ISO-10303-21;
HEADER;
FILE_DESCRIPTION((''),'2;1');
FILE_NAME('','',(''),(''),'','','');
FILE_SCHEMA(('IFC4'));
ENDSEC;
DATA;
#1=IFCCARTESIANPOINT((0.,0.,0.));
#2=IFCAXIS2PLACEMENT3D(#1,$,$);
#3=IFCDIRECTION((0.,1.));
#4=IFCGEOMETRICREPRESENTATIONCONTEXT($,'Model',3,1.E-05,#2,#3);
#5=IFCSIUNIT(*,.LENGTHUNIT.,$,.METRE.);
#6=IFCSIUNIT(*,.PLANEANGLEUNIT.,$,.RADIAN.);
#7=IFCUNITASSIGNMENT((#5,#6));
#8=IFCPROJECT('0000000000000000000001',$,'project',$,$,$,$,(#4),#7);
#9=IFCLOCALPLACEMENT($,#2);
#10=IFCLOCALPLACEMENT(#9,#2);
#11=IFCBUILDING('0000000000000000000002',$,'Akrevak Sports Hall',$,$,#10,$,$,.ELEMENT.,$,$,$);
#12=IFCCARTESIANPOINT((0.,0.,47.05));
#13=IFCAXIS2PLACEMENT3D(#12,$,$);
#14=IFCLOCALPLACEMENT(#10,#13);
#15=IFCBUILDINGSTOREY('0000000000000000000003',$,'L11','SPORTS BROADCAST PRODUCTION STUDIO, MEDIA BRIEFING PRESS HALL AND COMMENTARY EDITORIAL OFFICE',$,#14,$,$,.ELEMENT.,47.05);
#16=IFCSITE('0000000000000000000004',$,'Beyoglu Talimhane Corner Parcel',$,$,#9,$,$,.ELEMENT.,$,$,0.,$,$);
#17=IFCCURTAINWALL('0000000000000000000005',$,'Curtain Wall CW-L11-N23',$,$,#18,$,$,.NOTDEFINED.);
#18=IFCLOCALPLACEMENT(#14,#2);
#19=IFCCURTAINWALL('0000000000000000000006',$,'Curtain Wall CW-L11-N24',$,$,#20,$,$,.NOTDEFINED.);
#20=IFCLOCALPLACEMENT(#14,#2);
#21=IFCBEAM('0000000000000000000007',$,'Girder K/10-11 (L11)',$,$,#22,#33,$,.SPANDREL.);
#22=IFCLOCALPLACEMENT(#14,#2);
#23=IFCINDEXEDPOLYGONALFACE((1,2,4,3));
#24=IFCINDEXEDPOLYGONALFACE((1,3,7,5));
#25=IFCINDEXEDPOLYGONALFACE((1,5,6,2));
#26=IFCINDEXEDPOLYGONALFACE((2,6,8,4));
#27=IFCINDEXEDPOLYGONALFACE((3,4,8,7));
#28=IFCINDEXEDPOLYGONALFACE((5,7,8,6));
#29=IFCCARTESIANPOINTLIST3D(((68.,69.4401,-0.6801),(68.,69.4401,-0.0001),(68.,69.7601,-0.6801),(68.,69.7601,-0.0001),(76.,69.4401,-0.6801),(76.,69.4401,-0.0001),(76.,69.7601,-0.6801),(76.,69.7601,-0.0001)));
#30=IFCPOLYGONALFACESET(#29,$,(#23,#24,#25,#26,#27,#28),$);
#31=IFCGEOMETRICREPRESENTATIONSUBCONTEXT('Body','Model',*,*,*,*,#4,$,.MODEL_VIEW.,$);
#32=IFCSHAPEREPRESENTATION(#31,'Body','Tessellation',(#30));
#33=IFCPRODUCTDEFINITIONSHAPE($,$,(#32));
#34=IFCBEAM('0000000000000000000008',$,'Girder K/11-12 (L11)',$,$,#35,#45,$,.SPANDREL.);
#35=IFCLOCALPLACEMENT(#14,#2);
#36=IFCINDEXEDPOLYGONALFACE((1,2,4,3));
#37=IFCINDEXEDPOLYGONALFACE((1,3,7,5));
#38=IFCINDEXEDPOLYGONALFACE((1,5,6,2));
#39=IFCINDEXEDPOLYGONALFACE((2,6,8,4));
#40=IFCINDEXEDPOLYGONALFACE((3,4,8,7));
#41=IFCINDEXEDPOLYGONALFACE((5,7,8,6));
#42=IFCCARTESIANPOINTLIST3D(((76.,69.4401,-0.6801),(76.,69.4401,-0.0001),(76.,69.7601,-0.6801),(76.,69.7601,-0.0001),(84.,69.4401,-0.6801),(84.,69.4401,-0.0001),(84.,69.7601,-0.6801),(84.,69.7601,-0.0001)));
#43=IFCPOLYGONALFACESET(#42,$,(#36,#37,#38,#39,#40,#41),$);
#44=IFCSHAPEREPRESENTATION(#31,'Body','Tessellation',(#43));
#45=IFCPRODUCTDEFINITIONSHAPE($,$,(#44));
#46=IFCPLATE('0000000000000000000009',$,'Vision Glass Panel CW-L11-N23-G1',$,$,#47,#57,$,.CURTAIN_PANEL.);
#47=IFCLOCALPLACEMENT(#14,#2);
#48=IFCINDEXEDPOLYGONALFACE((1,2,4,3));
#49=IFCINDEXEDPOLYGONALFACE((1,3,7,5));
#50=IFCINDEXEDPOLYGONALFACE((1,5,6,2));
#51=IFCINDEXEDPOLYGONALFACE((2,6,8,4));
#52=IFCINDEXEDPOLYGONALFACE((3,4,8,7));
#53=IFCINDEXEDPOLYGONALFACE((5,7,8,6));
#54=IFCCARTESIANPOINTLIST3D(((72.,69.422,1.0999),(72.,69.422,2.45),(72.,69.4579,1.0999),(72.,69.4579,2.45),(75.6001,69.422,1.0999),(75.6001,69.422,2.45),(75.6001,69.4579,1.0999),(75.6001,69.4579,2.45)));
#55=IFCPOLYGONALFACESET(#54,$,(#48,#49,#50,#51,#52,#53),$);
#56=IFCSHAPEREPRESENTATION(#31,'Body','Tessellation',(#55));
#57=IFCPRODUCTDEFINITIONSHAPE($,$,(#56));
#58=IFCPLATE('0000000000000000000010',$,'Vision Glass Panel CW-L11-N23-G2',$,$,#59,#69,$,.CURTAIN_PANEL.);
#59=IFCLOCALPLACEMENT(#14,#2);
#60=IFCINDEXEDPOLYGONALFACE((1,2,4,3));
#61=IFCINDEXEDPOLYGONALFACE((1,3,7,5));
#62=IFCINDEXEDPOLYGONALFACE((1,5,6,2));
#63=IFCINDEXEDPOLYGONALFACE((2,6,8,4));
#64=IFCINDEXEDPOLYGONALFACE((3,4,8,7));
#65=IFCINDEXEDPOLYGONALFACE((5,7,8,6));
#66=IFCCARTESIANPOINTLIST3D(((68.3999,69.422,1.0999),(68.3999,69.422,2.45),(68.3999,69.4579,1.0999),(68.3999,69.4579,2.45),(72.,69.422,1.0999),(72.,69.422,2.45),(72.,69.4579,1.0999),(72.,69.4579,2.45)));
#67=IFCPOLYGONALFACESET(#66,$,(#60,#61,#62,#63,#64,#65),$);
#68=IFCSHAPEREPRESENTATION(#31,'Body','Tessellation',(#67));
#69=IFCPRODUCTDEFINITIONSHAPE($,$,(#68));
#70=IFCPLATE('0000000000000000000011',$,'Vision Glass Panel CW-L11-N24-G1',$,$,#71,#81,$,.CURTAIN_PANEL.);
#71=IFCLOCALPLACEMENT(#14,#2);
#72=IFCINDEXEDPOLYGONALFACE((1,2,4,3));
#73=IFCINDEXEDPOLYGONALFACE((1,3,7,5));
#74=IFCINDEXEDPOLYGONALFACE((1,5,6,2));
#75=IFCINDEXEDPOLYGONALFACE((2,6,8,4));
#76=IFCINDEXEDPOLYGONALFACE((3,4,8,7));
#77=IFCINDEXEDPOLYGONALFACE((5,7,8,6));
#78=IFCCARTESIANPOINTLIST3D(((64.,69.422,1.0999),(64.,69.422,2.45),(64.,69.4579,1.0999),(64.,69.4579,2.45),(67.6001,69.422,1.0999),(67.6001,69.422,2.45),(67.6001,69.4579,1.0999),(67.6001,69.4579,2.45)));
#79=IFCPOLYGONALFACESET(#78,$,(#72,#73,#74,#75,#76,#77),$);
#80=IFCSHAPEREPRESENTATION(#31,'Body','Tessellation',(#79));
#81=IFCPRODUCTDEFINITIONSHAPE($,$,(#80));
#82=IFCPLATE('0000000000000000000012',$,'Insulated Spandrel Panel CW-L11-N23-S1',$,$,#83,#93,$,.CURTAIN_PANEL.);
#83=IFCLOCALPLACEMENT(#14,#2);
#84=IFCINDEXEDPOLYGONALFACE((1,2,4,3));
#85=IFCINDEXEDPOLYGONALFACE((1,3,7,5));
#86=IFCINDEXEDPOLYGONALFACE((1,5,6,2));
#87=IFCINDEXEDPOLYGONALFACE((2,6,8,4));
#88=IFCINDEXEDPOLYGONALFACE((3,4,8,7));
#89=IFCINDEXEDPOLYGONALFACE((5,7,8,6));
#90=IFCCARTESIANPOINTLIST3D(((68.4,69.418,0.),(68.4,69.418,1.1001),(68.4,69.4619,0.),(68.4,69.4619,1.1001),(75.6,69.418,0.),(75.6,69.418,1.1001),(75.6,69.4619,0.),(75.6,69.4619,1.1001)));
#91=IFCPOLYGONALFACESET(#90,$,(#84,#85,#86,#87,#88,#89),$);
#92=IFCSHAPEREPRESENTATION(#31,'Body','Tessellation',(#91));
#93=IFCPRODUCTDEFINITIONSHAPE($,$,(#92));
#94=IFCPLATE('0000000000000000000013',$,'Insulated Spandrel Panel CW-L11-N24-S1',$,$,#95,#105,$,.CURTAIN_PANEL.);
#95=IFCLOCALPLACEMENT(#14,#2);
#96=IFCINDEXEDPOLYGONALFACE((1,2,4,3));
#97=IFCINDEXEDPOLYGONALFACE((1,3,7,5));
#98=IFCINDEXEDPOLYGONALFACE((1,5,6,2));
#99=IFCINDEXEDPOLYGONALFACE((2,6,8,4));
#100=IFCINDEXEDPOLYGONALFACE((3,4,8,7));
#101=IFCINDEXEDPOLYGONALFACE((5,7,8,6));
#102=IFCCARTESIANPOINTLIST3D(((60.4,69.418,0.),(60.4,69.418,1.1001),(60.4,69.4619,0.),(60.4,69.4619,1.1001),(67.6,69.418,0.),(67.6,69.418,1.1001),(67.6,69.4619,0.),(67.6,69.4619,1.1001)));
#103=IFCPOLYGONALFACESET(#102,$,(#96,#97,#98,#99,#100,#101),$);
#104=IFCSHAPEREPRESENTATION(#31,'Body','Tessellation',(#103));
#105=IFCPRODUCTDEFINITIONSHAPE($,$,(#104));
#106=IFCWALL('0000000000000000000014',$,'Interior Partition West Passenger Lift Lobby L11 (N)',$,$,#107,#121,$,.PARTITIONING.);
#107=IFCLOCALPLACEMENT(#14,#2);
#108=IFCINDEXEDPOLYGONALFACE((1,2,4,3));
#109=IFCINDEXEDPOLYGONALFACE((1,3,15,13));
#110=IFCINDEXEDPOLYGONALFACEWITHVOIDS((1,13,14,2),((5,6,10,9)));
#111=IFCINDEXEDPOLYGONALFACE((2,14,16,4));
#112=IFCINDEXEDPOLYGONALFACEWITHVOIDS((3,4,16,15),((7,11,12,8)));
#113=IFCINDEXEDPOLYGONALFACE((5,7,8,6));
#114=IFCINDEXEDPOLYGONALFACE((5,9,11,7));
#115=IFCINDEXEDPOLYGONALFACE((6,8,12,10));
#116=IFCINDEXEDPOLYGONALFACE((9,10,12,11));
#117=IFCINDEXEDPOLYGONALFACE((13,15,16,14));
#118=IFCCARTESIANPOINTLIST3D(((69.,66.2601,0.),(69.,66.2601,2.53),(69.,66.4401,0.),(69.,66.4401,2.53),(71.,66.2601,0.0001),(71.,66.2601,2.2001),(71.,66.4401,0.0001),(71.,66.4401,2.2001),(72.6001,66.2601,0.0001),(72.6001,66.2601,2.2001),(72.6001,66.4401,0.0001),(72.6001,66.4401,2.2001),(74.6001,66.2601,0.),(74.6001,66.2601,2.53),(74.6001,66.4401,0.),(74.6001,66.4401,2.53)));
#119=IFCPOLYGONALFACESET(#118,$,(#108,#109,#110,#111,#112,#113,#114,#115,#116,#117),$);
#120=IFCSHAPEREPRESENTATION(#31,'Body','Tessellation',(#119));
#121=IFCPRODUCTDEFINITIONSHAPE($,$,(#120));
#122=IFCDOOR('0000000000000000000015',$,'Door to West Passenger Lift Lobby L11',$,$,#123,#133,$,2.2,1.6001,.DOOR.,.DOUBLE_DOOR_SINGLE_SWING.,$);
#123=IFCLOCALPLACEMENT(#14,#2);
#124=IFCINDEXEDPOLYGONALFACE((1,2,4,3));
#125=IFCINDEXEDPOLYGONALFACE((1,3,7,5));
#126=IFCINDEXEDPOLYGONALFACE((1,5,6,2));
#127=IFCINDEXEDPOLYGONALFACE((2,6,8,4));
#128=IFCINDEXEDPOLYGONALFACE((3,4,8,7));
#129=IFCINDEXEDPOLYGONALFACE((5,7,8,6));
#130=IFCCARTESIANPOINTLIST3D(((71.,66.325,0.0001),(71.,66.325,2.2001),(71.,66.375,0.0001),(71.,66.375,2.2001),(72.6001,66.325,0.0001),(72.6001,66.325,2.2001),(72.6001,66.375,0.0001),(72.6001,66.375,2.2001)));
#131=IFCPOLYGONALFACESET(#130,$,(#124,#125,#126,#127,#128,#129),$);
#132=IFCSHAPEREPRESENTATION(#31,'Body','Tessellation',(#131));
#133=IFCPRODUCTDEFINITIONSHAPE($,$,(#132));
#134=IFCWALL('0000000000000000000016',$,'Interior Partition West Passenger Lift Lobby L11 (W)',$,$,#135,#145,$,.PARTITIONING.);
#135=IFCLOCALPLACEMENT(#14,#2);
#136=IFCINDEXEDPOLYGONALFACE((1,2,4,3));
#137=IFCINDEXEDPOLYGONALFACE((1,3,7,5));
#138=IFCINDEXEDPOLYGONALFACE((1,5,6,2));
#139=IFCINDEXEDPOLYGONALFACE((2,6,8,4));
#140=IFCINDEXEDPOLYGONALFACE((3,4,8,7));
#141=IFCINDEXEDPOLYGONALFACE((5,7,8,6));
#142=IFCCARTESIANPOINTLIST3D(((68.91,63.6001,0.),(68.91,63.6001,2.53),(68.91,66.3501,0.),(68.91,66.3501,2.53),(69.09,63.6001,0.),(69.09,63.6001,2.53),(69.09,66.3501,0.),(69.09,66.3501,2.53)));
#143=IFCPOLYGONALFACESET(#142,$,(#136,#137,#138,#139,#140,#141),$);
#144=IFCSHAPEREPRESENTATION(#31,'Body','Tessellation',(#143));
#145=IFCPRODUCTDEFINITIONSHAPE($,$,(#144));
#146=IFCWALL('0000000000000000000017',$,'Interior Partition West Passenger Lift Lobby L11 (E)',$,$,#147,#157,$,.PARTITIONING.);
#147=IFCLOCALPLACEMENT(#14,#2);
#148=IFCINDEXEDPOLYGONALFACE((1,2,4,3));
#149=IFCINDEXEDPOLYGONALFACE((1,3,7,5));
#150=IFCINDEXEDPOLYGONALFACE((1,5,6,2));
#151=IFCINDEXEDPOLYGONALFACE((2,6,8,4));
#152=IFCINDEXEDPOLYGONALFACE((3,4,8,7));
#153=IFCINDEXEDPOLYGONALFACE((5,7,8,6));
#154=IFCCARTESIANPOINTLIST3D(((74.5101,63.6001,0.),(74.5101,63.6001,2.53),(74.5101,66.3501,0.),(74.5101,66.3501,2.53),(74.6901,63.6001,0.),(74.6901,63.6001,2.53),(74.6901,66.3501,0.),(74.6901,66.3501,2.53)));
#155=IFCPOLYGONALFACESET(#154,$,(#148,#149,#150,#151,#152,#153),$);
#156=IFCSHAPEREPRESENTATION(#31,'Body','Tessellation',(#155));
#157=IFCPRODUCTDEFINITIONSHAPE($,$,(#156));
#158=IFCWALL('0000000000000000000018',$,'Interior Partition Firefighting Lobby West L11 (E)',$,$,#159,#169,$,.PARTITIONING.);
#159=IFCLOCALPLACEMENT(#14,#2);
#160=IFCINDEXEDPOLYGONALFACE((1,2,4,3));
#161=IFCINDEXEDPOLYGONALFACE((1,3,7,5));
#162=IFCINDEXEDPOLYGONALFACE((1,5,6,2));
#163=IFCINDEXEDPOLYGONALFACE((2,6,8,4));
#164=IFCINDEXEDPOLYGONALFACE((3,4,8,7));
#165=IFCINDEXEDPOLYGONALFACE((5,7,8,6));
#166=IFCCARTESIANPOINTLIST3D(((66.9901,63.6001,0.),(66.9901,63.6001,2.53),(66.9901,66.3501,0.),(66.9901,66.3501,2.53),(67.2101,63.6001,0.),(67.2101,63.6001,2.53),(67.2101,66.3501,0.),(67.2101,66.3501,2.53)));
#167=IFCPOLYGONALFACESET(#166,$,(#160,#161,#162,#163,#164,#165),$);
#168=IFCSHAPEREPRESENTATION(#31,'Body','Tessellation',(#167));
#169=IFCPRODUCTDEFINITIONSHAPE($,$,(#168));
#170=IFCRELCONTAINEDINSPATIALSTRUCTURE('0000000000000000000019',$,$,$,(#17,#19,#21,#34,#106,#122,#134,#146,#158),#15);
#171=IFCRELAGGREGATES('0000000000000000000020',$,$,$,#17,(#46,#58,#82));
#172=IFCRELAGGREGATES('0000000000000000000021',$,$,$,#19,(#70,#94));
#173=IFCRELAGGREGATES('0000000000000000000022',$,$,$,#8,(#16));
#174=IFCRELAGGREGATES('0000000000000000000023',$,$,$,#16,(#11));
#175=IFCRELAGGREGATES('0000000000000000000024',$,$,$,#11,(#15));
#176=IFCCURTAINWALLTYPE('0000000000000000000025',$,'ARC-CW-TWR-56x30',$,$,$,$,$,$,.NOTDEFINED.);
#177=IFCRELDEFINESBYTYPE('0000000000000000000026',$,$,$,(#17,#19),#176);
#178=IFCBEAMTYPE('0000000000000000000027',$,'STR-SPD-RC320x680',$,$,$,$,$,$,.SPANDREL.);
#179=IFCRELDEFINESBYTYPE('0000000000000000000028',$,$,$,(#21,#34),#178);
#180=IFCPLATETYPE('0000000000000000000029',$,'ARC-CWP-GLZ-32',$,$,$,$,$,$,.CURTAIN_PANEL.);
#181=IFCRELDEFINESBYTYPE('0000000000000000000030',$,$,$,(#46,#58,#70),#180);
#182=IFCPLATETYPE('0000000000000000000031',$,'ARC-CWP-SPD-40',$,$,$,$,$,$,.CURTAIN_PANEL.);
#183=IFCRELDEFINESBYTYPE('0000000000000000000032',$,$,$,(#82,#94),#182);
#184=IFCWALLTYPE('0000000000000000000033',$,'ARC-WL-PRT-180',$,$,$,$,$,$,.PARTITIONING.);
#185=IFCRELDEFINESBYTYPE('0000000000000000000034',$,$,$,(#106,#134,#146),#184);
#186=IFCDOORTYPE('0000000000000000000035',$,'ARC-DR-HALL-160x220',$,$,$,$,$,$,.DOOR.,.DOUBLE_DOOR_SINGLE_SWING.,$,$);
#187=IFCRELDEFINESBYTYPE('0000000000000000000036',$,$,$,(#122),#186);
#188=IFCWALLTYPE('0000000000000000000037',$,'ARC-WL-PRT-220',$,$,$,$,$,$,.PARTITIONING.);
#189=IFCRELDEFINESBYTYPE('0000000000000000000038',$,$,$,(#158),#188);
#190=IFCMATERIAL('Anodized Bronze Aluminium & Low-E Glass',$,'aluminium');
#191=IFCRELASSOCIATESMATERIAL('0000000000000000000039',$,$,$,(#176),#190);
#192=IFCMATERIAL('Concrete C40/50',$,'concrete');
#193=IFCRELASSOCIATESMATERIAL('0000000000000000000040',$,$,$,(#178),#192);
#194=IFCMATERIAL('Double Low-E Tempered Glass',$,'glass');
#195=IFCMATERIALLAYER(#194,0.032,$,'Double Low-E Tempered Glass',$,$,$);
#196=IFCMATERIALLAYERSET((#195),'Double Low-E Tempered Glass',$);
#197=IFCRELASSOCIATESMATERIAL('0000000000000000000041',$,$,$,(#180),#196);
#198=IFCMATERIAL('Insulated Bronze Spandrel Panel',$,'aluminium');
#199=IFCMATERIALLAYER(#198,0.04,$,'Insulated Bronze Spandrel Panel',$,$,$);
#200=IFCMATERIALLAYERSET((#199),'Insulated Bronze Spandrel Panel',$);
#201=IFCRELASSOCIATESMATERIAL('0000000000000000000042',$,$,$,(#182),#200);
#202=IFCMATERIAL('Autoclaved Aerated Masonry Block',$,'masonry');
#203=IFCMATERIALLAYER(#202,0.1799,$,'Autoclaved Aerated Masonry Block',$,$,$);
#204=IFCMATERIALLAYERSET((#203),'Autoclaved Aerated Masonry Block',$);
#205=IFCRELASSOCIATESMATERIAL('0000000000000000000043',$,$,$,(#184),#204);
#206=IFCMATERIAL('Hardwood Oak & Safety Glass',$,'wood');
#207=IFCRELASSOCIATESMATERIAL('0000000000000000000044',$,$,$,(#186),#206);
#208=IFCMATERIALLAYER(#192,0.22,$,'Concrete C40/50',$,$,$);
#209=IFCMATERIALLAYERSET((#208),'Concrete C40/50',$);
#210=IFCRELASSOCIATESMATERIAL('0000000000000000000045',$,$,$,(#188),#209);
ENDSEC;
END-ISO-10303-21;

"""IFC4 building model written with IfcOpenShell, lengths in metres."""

from ifc_helpers import new_model, si_unit, direction, frame, frame_2d, origin, origin_2d, place, context, subcontext, project, spatial, rectangle, extrude, material, layer, layer_set, material_profile, profile_set, type_object, element, fill, aggregate, save


model = new_model("IFC4")

# Units and contexts
model_context = context("Model", 3, precision=1e-05, world=origin(), true_north=direction((0.0, 1.0)))
body_context = subcontext(model_context, "Body", "Model", "MODEL_VIEW")
ifc_project = project(units=[si_unit("LENGTHUNIT", "METRE"), si_unit("PLANEANGLEUNIT", "RADIAN")], contexts=[model_context])

# Site, building, storey
site_placement = place(None, origin())
site = spatial("IfcSite", under=ifc_project, at=site_placement, Name="Beyoglu Talimhane Corner Parcel", CompositionType="ELEMENT", RefElevation=0.0)
building_placement = place(site_placement, origin())
building = spatial("IfcBuilding", under=site, at=building_placement, Name="Akrevak Sports Hall", CompositionType="ELEMENT")
storey_placement = place(building_placement, frame((0.0, 0.0, 47.05)))
storey = spatial("IfcBuildingStorey", under=building, at=storey_placement, Name="L11", Description="SPORTS BROADCAST PRODUCTION STUDIO, MEDIA BRIEFING PRESS HALL AND COMMENTARY EDITORIAL OFFICE", CompositionType="ELEMENT", Elevation=47.05)

# Shared definitions
ifc_material_1 = material(Name="Concrete C40/50", Category="concrete")

# Curtain walls
ifc_material_2 = material(Name="Anodized Bronze Aluminium & Low-E Glass", Category="aluminium")
curtain_wall_type = type_object("IfcCurtainWallType", Name="ARC-CW-TWR-56x30", PredefinedType="NOTDEFINED", material=ifc_material_2)
curtain_wall_1_placement = place(storey_placement, origin())
curtain_wall_1 = element("IfcCurtainWall", 1, at=curtain_wall_1_placement, inside=storey, type_object=curtain_wall_type, Name="Curtain Wall CW-L11-N23", PredefinedType="NOTDEFINED")
curtain_wall_2_placement = place(storey_placement, origin())
curtain_wall_2 = element("IfcCurtainWall", 2, at=curtain_wall_2_placement, inside=storey, type_object=curtain_wall_type, Name="Curtain Wall CW-L11-N24", PredefinedType="NOTDEFINED")

# Beams
ifc_material_profile_1 = material_profile(ifc_material_1, rectangle(XDim=0.3201, YDim=0.6799, at=origin_2d()), Name="SPD 320x680", Category="concrete")
ifc_profile_set_1 = profile_set([ifc_material_profile_1], Name="Concrete C40/50")
beam_type = type_object("IfcBeamType", Name="STR-SPD-RC320x680", PredefinedType="SPANDREL", material=ifc_profile_set_1)
for number, where, z_axis, x_axis, name in (
    (3, (68.0, 69.6001, -0.3401), (1.0, 0.0, 0.0), (0.0, 1.0, 0.0), "Girder K/10-11 (L11)"),
    (4, (76.0, 69.6001, -0.3401), (1.0, 0.0, 0.0), (0.0, 1.0, 0.0), "Girder K/11-12 (L11)"),
):
    element("IfcBeam", number, at=place(storey_placement, frame(where, z_axis=z_axis, x_axis=x_axis)), inside=storey, type_object=beam_type, Name=name, PredefinedType="SPANDREL", context=body_context, shape_type="SweptSolid", body=[
        extrude(rectangle(XDim=0.3201, YDim=0.6799, at=origin_2d()), origin(), (0.0, 0.0, 1.0), 8.0),
    ])

# Plates
ifc_material_3 = material(Name="Double Low-E Tempered Glass", Category="glass")
ifc_layer_1 = layer(ifc_material_3, 0.032, Name="Double Low-E Tempered Glass")
ifc_layer_set_1 = layer_set([ifc_layer_1], Name="Double Low-E Tempered Glass")
plate_type_1 = type_object("IfcPlateType", Name="ARC-CWP-GLZ-32", PredefinedType="CURTAIN_PANEL", material=ifc_layer_set_1)
plate_1_placement = place(storey_placement, frame((73.8, 69.4399, 1.0999), z_axis=(0.0, 0.0, 1.0), x_axis=(-1.0, 0.0, 0.0)))
plate_1 = element("IfcPlate", 5, at=plate_1_placement, type_object=plate_type_1, Name="Vision Glass Panel CW-L11-N23-G1", PredefinedType="CURTAIN_PANEL", context=body_context, shape_type="SweptSolid", body=[
    extrude(rectangle(XDim=3.6001, YDim=0.0359, at=origin_2d()), origin(), (0.0, 0.0, 1.0), 1.3501),
])
plate_2_placement = place(storey_placement, frame((70.2, 69.4399, 1.0999), z_axis=(0.0, 0.0, 1.0), x_axis=(-1.0, 0.0, 0.0)))
plate_2 = element("IfcPlate", 6, at=plate_2_placement, type_object=plate_type_1, Name="Vision Glass Panel CW-L11-N23-G2", PredefinedType="CURTAIN_PANEL", context=body_context, shape_type="SweptSolid", body=[
    extrude(rectangle(XDim=3.6001, YDim=0.0359, at=origin_2d()), origin(), (0.0, 0.0, 1.0), 1.3501),
])
plate_3_placement = place(storey_placement, frame((65.8, 69.4399, 1.0999), z_axis=(0.0, 0.0, 1.0), x_axis=(-1.0, 0.0, 0.0)))
plate_3 = element("IfcPlate", 7, at=plate_3_placement, type_object=plate_type_1, Name="Vision Glass Panel CW-L11-N24-G1", PredefinedType="CURTAIN_PANEL", context=body_context, shape_type="SweptSolid", body=[
    extrude(rectangle(XDim=3.6001, YDim=0.0359, at=origin_2d()), origin(), (0.0, 0.0, 1.0), 1.3501),
])
ifc_material_4 = material(Name="Insulated Bronze Spandrel Panel", Category="aluminium")
ifc_layer_2 = layer(ifc_material_4, 0.04, Name="Insulated Bronze Spandrel Panel")
ifc_layer_set_2 = layer_set([ifc_layer_2], Name="Insulated Bronze Spandrel Panel")
plate_type_2 = type_object("IfcPlateType", Name="ARC-CWP-SPD-40", PredefinedType="CURTAIN_PANEL", material=ifc_layer_set_2)
plate_4_placement = place(storey_placement, frame((72.0, 69.4399, 0.0), z_axis=(0.0, 0.0, 1.0), x_axis=(-1.0, 0.0, 0.0)))
plate_4 = element("IfcPlate", 8, at=plate_4_placement, type_object=plate_type_2, Name="Insulated Spandrel Panel CW-L11-N23-S1", PredefinedType="CURTAIN_PANEL", context=body_context, shape_type="SweptSolid", body=[
    extrude(rectangle(XDim=7.2, YDim=0.0439, at=origin_2d()), origin(), (0.0, 0.0, 1.0), 1.1001),
])
aggregate(curtain_wall_1, [plate_1, plate_2, plate_4])
plate_5_placement = place(storey_placement, frame((64.0, 69.4399, 0.0), z_axis=(0.0, 0.0, 1.0), x_axis=(-1.0, 0.0, 0.0)))
plate_5 = element("IfcPlate", 9, at=plate_5_placement, type_object=plate_type_2, Name="Insulated Spandrel Panel CW-L11-N24-S1", PredefinedType="CURTAIN_PANEL", context=body_context, shape_type="SweptSolid", body=[
    extrude(rectangle(XDim=7.2, YDim=0.0439, at=origin_2d()), origin(), (0.0, 0.0, 1.0), 1.1001),
])
aggregate(curtain_wall_2, [plate_3, plate_5])

# Wall, opening, door
ifc_material_5 = material(Name="Autoclaved Aerated Masonry Block", Category="masonry")
ifc_layer_3 = layer(ifc_material_5, 0.1799, Name="Autoclaved Aerated Masonry Block")
ifc_layer_set_3 = layer_set([ifc_layer_3], Name="Autoclaved Aerated Masonry Block")
wall_type_1 = type_object("IfcWallType", Name="ARC-WL-PRT-180", PredefinedType="PARTITIONING", material=ifc_layer_set_3)
wall_1_placement = place(storey_placement, frame((69.0, 66.3501, 0.0), z_axis=(0.0, 0.0, 1.0), x_axis=(1.0, 0.0, 0.0)))
wall_1 = element("IfcWall", 10, at=wall_1_placement, inside=storey, type_object=wall_type_1, Name="Interior Partition West Passenger Lift Lobby L11 (N)", PredefinedType="PARTITIONING", context=body_context, shape_type="SweptSolid", body=[
    extrude(rectangle(XDim=5.6001, YDim=0.1799, at=frame_2d((2.8, 0.0))), origin(), (0.0, 0.0, 1.0), 2.53),
])
opening_1_placement = place(wall_1_placement, frame((2.0, 0.0, 0.0)))
opening_1 = element("IfcOpeningElement", 11, at=opening_1_placement, cuts=wall_1, PredefinedType="OPENING", context=body_context, shape_type="SweptSolid", body=[
    extrude(rectangle(XDim=1.6001, YDim=2.2, at=frame_2d((0.8, 1.1001))), frame((0.0, 0.1021, 0.0), z_axis=(0.0, -1.0, 0.0), x_axis=(1.0, 0.0, 0.0)), (0.0, 0.0, 1.0), 0.2039),
])
ifc_material_6 = material(Name="Hardwood Oak & Safety Glass", Category="wood")
door_type_1 = type_object("IfcDoorType", Name="ARC-DR-HALL-160x220", OperationType="DOUBLE_DOOR_SINGLE_SWING", PredefinedType="DOOR", material=ifc_material_6)
door_1_placement = place(opening_1_placement, origin())
door_1 = element("IfcDoor", 12, at=door_1_placement, inside=storey, type_object=door_type_1, Name="Door to West Passenger Lift Lobby L11", OperationType="DOUBLE_DOOR_SINGLE_SWING", OverallHeight=2.2, OverallWidth=1.6001, PredefinedType="DOOR", context=body_context, shape_type="SweptSolid", body=[
    extrude(rectangle(XDim=1.6001, YDim=2.2, at=frame_2d((0.8, 1.1001))), frame((0.0, 0.0249, 0.0), z_axis=(0.0, -1.0, 0.0), x_axis=(1.0, 0.0, 0.0)), (0.0, 0.0, 1.0), 0.05),
])
fill(opening_1, door_1)

# Walls
for number, where, z_axis, x_axis, name in (
    (13, (69.0, 63.6001, 0.0), (0.0, 0.0, 1.0), (0.0, 1.0, 0.0), "Interior Partition West Passenger Lift Lobby L11 (W)"),
    (14, (74.6001, 63.6001, 0.0), (0.0, 0.0, 1.0), (0.0, 1.0, 0.0), "Interior Partition West Passenger Lift Lobby L11 (E)"),
):
    element("IfcWall", number, at=place(storey_placement, frame(where, z_axis=z_axis, x_axis=x_axis)), inside=storey, type_object=wall_type_1, Name=name, PredefinedType="PARTITIONING", context=body_context, shape_type="SweptSolid", body=[
        extrude(rectangle(XDim=2.75, YDim=0.1799, at=frame_2d((1.375, 0.0))), origin(), (0.0, 0.0, 1.0), 2.53),
    ])
ifc_layer_4 = layer(ifc_material_1, 0.22, Name="Concrete C40/50")
ifc_layer_set_4 = layer_set([ifc_layer_4], Name="Concrete C40/50")
wall_type_2 = type_object("IfcWallType", Name="ARC-WL-PRT-220", PredefinedType="PARTITIONING", material=ifc_layer_set_4)
wall_2_placement = place(storey_placement, frame((67.1001, 63.6001, 0.0), z_axis=(0.0, 0.0, 1.0), x_axis=(0.0, 1.0, 0.0)))
element("IfcWall", 15, at=wall_2_placement, inside=storey, type_object=wall_type_2, Name="Interior Partition Firefighting Lobby West L11 (E)", PredefinedType="PARTITIONING", context=body_context, shape_type="SweptSolid", body=[
    extrude(rectangle(XDim=2.75, YDim=0.22, at=frame_2d((1.375, 0.0))), origin(), (0.0, 0.0, 1.0), 2.53),
])

save(model, "model.ifc")
